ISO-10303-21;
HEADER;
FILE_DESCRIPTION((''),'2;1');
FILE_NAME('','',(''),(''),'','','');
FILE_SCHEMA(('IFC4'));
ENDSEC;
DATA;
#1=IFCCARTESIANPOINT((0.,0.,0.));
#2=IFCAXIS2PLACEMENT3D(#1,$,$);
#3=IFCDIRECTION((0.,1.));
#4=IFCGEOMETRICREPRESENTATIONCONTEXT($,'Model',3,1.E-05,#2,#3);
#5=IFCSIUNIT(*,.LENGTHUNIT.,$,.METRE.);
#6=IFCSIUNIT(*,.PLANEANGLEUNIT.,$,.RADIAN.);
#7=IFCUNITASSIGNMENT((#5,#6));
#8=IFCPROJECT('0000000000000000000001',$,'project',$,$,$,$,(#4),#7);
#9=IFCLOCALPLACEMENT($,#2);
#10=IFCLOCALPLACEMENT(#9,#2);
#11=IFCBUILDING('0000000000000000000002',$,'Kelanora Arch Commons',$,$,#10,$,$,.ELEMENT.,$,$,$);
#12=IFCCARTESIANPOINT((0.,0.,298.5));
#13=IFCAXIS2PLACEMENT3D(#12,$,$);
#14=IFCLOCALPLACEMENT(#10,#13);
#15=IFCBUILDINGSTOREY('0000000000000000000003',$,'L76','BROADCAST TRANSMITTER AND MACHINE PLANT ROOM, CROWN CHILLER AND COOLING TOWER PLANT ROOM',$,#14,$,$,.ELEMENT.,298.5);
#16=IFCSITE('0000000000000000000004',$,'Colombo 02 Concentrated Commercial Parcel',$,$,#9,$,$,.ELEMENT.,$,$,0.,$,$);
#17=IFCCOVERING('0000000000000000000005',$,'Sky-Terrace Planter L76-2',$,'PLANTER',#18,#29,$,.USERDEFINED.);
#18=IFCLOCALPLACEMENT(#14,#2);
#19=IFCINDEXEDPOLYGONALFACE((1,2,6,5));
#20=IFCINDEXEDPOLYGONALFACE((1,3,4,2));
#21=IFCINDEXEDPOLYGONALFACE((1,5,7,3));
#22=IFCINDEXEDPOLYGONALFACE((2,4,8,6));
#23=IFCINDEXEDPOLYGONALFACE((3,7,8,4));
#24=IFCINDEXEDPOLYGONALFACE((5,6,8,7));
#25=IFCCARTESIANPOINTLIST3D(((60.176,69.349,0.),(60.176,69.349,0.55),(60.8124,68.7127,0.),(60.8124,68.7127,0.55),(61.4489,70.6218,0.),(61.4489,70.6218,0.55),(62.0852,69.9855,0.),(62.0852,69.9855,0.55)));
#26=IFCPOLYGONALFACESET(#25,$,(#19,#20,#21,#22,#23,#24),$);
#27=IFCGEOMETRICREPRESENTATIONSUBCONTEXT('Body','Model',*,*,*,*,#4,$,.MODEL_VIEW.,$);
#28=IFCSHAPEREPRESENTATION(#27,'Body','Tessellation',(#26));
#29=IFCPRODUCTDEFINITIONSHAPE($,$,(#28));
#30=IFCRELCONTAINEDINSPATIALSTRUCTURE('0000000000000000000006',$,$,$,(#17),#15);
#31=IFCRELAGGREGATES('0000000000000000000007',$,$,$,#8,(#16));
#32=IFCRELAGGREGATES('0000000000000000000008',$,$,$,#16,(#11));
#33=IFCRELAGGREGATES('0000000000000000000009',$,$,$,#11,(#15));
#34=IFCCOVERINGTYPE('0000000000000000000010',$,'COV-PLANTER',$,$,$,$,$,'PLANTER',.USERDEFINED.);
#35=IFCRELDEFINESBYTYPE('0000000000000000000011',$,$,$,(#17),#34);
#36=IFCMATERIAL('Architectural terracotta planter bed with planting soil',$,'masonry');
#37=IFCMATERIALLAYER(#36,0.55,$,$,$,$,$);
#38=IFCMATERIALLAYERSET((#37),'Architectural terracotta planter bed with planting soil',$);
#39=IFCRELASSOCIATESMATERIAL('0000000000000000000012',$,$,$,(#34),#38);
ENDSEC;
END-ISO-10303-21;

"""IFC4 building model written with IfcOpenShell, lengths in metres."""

from ifc_helpers import new_model, si_unit, direction, frame, origin, origin_2d, place, context, subcontext, project, spatial, rectangle, extrude, source, transform, mapped, material, layer, layer_set, type_object, element, save


model = new_model("IFC4")

# Units and contexts
model_context = context("Model", 3, precision=1e-05, world=origin(), true_north=direction((0.0, 1.0)))
body_context = subcontext(model_context, "Body", "Model", "MODEL_VIEW")
ifc_project = project(units=[si_unit("LENGTHUNIT", "METRE"), si_unit("PLANEANGLEUNIT", "RADIAN")], contexts=[model_context])

# Site, building, storey
site_placement = place(None, origin())
site = spatial("IfcSite", under=ifc_project, at=site_placement, Name="Colombo 02 Concentrated Commercial Parcel", CompositionType="ELEMENT", RefElevation=0.0)
building_placement = place(site_placement, origin())
building = spatial("IfcBuilding", under=site, at=building_placement, Name="Kelanora Arch Commons", CompositionType="ELEMENT")
storey_placement = place(building_placement, frame((0.0, 0.0, 298.5)))
storey = spatial("IfcBuildingStorey", under=building, at=storey_placement, Name="L76", Description="BROADCAST TRANSMITTER AND MACHINE PLANT ROOM, CROWN CHILLER AND COOLING TOWER PLANT ROOM", CompositionType="ELEMENT", Elevation=298.5)

# Covering
ifc_material_1 = material(Name="Architectural terracotta planter bed with planting soil", Category="masonry")
ifc_layer_1 = layer(ifc_material_1, 0.55)
ifc_layer_set_1 = layer_set([ifc_layer_1], Name="Architectural terracotta planter bed with planting soil")
covering_type = type_object("IfcCoveringType", Name="COV-PLANTER", ElementType="PLANTER", PredefinedType="USERDEFINED", material=ifc_layer_set_1)
shared_shape_1 = source(origin(), body_context, "Body", "SweptSolid", [
    extrude(rectangle(XDim=1.8, YDim=0.8999, at=origin_2d()), origin(), (0.0, 0.0, 1.0), 0.55),
])
covering_placement = place(storey_placement, frame((61.1306, 69.6672, 0.0), z_axis=(0.0, 0.0, 1.0), x_axis=(-0.707107, -0.707107, 0.0)))
element("IfcCovering", 1, at=covering_placement, inside=storey, type_object=covering_type, Name="Sky-Terrace Planter L76-2", ObjectType="PLANTER", PredefinedType="USERDEFINED", context=body_context, shape_type="MappedRepresentation", body=[
    mapped(shared_shape_1, transform((0.0, 0.0, 0.0), scale=1.0)),
])

save(model, "model.ifc")
